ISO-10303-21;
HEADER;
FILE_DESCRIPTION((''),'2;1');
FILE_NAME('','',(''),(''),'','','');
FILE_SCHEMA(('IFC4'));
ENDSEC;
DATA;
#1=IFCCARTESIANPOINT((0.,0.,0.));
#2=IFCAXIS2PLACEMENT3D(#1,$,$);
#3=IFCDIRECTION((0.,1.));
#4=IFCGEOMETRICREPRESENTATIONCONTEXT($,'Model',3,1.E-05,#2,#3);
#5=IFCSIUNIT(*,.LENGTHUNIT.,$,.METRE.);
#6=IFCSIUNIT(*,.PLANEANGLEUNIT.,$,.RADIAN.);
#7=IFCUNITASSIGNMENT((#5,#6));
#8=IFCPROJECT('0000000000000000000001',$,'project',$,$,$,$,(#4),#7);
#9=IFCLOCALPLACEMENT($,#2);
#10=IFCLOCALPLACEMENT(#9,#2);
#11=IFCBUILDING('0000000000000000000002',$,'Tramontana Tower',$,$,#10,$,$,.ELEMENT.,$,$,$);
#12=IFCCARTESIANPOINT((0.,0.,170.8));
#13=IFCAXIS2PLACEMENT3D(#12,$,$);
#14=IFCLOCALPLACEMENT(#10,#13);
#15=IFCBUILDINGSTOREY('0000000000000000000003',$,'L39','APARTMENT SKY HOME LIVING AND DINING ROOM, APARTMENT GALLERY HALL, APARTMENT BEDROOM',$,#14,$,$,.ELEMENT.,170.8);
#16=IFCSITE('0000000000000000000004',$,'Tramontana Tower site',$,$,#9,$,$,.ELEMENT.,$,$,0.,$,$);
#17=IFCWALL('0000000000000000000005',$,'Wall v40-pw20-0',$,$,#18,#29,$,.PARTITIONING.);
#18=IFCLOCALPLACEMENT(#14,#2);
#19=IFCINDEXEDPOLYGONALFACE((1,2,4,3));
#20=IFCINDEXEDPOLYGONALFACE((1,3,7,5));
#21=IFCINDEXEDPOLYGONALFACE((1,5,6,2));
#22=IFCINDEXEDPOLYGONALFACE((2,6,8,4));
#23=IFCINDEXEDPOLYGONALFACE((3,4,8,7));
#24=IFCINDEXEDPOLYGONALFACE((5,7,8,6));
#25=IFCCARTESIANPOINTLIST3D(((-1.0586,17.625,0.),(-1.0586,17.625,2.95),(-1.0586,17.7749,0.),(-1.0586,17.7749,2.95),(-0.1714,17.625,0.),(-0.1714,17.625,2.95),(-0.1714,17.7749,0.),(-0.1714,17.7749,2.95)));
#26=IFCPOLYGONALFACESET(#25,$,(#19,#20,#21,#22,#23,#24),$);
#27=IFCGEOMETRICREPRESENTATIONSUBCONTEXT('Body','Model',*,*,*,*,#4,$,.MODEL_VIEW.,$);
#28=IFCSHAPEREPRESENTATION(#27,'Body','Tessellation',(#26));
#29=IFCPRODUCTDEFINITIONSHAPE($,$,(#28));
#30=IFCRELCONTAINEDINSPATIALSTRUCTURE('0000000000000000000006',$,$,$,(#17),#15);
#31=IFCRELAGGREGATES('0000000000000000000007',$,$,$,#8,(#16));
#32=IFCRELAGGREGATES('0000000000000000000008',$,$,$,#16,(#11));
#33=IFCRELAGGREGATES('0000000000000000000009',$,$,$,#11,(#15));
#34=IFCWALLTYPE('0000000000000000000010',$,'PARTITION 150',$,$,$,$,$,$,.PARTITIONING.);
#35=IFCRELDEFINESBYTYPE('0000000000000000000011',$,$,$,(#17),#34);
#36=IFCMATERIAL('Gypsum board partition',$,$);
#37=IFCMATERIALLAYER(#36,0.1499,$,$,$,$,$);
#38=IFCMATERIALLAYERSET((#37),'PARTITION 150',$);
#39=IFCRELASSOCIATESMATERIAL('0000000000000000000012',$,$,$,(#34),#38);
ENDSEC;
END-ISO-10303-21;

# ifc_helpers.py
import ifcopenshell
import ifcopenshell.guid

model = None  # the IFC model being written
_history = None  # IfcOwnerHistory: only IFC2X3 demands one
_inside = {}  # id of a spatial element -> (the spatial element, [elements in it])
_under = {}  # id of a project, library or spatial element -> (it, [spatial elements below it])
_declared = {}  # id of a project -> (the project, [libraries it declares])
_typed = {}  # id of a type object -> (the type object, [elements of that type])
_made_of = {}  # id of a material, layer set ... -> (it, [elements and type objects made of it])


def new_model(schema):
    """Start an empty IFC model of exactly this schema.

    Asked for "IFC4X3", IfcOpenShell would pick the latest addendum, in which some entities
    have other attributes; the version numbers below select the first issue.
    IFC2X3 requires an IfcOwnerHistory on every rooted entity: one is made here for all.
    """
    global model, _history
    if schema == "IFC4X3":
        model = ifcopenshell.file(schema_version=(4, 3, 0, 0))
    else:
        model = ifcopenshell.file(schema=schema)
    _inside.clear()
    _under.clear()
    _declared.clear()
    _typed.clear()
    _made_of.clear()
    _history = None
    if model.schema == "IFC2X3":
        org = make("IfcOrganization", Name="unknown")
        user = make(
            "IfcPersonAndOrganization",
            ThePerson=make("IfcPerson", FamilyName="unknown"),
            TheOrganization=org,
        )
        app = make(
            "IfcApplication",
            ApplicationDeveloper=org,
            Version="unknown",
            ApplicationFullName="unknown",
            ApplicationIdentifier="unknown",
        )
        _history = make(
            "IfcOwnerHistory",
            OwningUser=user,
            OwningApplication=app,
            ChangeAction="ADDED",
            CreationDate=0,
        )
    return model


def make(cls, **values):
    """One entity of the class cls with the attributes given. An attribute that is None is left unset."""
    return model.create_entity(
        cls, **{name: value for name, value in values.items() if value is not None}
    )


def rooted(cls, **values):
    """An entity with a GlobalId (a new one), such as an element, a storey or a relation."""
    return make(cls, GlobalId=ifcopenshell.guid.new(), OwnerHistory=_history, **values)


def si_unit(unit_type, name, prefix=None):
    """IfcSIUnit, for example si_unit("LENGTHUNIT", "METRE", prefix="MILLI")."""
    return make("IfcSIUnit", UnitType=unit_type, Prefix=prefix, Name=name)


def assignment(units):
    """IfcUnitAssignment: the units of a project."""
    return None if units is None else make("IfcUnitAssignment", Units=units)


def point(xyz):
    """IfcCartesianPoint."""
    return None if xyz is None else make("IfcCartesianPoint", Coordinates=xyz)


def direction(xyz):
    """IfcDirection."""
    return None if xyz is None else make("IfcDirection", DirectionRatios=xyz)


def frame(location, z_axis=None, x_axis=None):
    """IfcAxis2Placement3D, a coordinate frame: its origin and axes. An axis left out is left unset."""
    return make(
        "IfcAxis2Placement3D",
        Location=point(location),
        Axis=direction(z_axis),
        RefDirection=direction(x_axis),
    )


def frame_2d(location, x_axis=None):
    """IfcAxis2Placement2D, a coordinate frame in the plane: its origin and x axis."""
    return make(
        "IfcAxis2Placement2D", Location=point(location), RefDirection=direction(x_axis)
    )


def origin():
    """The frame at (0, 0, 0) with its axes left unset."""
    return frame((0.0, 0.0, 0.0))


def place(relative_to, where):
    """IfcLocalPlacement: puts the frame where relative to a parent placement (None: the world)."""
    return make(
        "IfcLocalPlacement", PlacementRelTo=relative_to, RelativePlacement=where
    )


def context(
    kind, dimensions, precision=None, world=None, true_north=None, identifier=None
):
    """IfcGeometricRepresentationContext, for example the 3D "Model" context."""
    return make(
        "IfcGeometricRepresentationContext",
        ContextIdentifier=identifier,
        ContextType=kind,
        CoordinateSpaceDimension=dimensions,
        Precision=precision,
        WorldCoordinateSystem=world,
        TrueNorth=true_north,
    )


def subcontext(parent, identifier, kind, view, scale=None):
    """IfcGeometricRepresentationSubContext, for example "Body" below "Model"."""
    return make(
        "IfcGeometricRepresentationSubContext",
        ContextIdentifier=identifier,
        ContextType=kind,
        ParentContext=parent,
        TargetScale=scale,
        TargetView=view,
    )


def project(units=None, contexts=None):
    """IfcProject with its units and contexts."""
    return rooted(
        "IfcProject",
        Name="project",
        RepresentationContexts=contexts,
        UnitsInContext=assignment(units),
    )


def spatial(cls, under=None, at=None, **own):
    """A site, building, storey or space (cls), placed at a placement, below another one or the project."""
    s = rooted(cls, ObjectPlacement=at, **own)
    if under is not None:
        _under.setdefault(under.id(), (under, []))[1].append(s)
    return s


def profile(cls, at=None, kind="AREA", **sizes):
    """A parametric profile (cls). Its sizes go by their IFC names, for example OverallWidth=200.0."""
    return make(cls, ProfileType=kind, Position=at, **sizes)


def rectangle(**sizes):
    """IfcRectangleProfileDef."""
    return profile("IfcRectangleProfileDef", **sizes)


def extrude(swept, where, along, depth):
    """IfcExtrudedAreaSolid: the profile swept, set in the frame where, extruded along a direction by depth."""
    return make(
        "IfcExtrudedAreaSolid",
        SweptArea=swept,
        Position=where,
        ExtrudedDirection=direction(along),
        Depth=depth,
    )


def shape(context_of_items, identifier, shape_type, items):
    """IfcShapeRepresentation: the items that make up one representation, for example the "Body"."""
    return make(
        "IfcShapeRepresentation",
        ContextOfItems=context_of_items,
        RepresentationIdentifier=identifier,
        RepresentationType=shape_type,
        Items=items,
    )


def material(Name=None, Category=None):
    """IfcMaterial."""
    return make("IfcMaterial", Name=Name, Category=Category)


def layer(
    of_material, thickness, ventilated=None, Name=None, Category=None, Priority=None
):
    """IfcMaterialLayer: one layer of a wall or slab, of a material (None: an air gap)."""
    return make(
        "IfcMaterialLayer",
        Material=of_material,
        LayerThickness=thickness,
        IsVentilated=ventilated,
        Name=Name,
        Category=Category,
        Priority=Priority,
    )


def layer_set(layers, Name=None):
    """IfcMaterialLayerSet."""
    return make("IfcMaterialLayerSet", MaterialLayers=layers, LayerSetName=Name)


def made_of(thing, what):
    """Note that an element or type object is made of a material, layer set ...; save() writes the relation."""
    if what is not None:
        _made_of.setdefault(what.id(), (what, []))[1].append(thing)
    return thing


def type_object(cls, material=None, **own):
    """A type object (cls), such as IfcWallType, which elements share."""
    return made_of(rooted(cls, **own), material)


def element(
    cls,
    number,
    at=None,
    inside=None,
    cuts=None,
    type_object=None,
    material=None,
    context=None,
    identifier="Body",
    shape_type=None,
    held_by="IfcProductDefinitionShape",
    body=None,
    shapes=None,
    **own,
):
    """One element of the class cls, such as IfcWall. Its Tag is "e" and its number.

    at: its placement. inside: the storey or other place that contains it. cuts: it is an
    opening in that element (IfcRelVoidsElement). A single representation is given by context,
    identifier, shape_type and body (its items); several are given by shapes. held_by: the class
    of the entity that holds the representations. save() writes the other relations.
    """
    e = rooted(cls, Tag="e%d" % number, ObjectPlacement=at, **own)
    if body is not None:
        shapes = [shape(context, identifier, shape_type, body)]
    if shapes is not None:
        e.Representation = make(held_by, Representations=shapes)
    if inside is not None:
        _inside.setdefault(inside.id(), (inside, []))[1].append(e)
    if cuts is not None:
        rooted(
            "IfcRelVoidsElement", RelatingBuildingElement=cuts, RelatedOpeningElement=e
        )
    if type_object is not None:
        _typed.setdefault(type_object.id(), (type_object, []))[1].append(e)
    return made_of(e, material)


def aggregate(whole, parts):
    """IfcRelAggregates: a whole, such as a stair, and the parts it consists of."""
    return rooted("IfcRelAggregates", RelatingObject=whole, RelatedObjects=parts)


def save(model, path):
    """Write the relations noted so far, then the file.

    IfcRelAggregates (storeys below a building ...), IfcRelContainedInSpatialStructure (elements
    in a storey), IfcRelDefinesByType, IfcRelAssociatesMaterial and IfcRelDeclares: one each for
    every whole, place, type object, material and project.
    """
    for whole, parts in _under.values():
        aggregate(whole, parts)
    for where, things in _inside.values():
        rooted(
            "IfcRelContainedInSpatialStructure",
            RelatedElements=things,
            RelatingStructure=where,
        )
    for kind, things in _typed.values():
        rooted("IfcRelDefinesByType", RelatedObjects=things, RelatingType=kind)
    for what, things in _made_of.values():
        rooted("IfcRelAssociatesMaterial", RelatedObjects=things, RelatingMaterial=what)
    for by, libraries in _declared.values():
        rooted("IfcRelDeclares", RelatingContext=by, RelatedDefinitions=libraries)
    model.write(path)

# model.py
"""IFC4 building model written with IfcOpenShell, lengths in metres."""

from ifc_helpers import new_model, si_unit, direction, frame, frame_2d, origin, place, context, subcontext, project, spatial, rectangle, extrude, material, layer, layer_set, type_object, element, save


model = new_model("IFC4")

# Units and contexts
model_context = context("Model", 3, precision=1e-05, world=origin(), true_north=direction((0.0, 1.0)))
body_context = subcontext(model_context, "Body", "Model", "MODEL_VIEW")
ifc_project = project(units=[si_unit("LENGTHUNIT", "METRE"), si_unit("PLANEANGLEUNIT", "RADIAN")], contexts=[model_context])

# Site, building, storey
site_placement = place(None, origin())
site = spatial("IfcSite", under=ifc_project, at=site_placement, Name="Tramontana Tower site", CompositionType="ELEMENT", RefElevation=0.0)
building_placement = place(site_placement, origin())
building = spatial("IfcBuilding", under=site, at=building_placement, Name="Tramontana Tower", CompositionType="ELEMENT")
storey_placement = place(building_placement, frame((0.0, 0.0, 170.8)))
storey = spatial("IfcBuildingStorey", under=building, at=storey_placement, Name="L39", Description="APARTMENT SKY HOME LIVING AND DINING ROOM, APARTMENT GALLERY HALL, APARTMENT BEDROOM", CompositionType="ELEMENT", Elevation=170.8)

# Shared definitions
ifc_material_1 = material(Name="Gypsum board partition")
ifc_layer_1 = layer(ifc_material_1, 0.1499)
ifc_layer_set_1 = layer_set([ifc_layer_1], Name="PARTITION 150")
wall_type_1 = type_object("IfcWallType", Name="PARTITION 150", PredefinedType="PARTITIONING", material=ifc_layer_set_1)

# Wall
wall_1_placement = place(storey_placement, frame((-1.0586, 17.7, 0.0), z_axis=(0.0, 0.0, 1.0), x_axis=(1.0, 0.0, 0.0)))
element("IfcWall", 1, at=wall_1_placement, inside=storey, type_object=wall_type_1, Name="Wall v40-pw20-0", PredefinedType="PARTITIONING", context=body_context, shape_type="SweptSolid", body=[
    extrude(rectangle(XDim=0.8872, YDim=0.1499, at=frame_2d((0.4436, 0.0))), origin(), (0.0, 0.0, 1.0), 2.95),
])

save(model, "model.ifc")
